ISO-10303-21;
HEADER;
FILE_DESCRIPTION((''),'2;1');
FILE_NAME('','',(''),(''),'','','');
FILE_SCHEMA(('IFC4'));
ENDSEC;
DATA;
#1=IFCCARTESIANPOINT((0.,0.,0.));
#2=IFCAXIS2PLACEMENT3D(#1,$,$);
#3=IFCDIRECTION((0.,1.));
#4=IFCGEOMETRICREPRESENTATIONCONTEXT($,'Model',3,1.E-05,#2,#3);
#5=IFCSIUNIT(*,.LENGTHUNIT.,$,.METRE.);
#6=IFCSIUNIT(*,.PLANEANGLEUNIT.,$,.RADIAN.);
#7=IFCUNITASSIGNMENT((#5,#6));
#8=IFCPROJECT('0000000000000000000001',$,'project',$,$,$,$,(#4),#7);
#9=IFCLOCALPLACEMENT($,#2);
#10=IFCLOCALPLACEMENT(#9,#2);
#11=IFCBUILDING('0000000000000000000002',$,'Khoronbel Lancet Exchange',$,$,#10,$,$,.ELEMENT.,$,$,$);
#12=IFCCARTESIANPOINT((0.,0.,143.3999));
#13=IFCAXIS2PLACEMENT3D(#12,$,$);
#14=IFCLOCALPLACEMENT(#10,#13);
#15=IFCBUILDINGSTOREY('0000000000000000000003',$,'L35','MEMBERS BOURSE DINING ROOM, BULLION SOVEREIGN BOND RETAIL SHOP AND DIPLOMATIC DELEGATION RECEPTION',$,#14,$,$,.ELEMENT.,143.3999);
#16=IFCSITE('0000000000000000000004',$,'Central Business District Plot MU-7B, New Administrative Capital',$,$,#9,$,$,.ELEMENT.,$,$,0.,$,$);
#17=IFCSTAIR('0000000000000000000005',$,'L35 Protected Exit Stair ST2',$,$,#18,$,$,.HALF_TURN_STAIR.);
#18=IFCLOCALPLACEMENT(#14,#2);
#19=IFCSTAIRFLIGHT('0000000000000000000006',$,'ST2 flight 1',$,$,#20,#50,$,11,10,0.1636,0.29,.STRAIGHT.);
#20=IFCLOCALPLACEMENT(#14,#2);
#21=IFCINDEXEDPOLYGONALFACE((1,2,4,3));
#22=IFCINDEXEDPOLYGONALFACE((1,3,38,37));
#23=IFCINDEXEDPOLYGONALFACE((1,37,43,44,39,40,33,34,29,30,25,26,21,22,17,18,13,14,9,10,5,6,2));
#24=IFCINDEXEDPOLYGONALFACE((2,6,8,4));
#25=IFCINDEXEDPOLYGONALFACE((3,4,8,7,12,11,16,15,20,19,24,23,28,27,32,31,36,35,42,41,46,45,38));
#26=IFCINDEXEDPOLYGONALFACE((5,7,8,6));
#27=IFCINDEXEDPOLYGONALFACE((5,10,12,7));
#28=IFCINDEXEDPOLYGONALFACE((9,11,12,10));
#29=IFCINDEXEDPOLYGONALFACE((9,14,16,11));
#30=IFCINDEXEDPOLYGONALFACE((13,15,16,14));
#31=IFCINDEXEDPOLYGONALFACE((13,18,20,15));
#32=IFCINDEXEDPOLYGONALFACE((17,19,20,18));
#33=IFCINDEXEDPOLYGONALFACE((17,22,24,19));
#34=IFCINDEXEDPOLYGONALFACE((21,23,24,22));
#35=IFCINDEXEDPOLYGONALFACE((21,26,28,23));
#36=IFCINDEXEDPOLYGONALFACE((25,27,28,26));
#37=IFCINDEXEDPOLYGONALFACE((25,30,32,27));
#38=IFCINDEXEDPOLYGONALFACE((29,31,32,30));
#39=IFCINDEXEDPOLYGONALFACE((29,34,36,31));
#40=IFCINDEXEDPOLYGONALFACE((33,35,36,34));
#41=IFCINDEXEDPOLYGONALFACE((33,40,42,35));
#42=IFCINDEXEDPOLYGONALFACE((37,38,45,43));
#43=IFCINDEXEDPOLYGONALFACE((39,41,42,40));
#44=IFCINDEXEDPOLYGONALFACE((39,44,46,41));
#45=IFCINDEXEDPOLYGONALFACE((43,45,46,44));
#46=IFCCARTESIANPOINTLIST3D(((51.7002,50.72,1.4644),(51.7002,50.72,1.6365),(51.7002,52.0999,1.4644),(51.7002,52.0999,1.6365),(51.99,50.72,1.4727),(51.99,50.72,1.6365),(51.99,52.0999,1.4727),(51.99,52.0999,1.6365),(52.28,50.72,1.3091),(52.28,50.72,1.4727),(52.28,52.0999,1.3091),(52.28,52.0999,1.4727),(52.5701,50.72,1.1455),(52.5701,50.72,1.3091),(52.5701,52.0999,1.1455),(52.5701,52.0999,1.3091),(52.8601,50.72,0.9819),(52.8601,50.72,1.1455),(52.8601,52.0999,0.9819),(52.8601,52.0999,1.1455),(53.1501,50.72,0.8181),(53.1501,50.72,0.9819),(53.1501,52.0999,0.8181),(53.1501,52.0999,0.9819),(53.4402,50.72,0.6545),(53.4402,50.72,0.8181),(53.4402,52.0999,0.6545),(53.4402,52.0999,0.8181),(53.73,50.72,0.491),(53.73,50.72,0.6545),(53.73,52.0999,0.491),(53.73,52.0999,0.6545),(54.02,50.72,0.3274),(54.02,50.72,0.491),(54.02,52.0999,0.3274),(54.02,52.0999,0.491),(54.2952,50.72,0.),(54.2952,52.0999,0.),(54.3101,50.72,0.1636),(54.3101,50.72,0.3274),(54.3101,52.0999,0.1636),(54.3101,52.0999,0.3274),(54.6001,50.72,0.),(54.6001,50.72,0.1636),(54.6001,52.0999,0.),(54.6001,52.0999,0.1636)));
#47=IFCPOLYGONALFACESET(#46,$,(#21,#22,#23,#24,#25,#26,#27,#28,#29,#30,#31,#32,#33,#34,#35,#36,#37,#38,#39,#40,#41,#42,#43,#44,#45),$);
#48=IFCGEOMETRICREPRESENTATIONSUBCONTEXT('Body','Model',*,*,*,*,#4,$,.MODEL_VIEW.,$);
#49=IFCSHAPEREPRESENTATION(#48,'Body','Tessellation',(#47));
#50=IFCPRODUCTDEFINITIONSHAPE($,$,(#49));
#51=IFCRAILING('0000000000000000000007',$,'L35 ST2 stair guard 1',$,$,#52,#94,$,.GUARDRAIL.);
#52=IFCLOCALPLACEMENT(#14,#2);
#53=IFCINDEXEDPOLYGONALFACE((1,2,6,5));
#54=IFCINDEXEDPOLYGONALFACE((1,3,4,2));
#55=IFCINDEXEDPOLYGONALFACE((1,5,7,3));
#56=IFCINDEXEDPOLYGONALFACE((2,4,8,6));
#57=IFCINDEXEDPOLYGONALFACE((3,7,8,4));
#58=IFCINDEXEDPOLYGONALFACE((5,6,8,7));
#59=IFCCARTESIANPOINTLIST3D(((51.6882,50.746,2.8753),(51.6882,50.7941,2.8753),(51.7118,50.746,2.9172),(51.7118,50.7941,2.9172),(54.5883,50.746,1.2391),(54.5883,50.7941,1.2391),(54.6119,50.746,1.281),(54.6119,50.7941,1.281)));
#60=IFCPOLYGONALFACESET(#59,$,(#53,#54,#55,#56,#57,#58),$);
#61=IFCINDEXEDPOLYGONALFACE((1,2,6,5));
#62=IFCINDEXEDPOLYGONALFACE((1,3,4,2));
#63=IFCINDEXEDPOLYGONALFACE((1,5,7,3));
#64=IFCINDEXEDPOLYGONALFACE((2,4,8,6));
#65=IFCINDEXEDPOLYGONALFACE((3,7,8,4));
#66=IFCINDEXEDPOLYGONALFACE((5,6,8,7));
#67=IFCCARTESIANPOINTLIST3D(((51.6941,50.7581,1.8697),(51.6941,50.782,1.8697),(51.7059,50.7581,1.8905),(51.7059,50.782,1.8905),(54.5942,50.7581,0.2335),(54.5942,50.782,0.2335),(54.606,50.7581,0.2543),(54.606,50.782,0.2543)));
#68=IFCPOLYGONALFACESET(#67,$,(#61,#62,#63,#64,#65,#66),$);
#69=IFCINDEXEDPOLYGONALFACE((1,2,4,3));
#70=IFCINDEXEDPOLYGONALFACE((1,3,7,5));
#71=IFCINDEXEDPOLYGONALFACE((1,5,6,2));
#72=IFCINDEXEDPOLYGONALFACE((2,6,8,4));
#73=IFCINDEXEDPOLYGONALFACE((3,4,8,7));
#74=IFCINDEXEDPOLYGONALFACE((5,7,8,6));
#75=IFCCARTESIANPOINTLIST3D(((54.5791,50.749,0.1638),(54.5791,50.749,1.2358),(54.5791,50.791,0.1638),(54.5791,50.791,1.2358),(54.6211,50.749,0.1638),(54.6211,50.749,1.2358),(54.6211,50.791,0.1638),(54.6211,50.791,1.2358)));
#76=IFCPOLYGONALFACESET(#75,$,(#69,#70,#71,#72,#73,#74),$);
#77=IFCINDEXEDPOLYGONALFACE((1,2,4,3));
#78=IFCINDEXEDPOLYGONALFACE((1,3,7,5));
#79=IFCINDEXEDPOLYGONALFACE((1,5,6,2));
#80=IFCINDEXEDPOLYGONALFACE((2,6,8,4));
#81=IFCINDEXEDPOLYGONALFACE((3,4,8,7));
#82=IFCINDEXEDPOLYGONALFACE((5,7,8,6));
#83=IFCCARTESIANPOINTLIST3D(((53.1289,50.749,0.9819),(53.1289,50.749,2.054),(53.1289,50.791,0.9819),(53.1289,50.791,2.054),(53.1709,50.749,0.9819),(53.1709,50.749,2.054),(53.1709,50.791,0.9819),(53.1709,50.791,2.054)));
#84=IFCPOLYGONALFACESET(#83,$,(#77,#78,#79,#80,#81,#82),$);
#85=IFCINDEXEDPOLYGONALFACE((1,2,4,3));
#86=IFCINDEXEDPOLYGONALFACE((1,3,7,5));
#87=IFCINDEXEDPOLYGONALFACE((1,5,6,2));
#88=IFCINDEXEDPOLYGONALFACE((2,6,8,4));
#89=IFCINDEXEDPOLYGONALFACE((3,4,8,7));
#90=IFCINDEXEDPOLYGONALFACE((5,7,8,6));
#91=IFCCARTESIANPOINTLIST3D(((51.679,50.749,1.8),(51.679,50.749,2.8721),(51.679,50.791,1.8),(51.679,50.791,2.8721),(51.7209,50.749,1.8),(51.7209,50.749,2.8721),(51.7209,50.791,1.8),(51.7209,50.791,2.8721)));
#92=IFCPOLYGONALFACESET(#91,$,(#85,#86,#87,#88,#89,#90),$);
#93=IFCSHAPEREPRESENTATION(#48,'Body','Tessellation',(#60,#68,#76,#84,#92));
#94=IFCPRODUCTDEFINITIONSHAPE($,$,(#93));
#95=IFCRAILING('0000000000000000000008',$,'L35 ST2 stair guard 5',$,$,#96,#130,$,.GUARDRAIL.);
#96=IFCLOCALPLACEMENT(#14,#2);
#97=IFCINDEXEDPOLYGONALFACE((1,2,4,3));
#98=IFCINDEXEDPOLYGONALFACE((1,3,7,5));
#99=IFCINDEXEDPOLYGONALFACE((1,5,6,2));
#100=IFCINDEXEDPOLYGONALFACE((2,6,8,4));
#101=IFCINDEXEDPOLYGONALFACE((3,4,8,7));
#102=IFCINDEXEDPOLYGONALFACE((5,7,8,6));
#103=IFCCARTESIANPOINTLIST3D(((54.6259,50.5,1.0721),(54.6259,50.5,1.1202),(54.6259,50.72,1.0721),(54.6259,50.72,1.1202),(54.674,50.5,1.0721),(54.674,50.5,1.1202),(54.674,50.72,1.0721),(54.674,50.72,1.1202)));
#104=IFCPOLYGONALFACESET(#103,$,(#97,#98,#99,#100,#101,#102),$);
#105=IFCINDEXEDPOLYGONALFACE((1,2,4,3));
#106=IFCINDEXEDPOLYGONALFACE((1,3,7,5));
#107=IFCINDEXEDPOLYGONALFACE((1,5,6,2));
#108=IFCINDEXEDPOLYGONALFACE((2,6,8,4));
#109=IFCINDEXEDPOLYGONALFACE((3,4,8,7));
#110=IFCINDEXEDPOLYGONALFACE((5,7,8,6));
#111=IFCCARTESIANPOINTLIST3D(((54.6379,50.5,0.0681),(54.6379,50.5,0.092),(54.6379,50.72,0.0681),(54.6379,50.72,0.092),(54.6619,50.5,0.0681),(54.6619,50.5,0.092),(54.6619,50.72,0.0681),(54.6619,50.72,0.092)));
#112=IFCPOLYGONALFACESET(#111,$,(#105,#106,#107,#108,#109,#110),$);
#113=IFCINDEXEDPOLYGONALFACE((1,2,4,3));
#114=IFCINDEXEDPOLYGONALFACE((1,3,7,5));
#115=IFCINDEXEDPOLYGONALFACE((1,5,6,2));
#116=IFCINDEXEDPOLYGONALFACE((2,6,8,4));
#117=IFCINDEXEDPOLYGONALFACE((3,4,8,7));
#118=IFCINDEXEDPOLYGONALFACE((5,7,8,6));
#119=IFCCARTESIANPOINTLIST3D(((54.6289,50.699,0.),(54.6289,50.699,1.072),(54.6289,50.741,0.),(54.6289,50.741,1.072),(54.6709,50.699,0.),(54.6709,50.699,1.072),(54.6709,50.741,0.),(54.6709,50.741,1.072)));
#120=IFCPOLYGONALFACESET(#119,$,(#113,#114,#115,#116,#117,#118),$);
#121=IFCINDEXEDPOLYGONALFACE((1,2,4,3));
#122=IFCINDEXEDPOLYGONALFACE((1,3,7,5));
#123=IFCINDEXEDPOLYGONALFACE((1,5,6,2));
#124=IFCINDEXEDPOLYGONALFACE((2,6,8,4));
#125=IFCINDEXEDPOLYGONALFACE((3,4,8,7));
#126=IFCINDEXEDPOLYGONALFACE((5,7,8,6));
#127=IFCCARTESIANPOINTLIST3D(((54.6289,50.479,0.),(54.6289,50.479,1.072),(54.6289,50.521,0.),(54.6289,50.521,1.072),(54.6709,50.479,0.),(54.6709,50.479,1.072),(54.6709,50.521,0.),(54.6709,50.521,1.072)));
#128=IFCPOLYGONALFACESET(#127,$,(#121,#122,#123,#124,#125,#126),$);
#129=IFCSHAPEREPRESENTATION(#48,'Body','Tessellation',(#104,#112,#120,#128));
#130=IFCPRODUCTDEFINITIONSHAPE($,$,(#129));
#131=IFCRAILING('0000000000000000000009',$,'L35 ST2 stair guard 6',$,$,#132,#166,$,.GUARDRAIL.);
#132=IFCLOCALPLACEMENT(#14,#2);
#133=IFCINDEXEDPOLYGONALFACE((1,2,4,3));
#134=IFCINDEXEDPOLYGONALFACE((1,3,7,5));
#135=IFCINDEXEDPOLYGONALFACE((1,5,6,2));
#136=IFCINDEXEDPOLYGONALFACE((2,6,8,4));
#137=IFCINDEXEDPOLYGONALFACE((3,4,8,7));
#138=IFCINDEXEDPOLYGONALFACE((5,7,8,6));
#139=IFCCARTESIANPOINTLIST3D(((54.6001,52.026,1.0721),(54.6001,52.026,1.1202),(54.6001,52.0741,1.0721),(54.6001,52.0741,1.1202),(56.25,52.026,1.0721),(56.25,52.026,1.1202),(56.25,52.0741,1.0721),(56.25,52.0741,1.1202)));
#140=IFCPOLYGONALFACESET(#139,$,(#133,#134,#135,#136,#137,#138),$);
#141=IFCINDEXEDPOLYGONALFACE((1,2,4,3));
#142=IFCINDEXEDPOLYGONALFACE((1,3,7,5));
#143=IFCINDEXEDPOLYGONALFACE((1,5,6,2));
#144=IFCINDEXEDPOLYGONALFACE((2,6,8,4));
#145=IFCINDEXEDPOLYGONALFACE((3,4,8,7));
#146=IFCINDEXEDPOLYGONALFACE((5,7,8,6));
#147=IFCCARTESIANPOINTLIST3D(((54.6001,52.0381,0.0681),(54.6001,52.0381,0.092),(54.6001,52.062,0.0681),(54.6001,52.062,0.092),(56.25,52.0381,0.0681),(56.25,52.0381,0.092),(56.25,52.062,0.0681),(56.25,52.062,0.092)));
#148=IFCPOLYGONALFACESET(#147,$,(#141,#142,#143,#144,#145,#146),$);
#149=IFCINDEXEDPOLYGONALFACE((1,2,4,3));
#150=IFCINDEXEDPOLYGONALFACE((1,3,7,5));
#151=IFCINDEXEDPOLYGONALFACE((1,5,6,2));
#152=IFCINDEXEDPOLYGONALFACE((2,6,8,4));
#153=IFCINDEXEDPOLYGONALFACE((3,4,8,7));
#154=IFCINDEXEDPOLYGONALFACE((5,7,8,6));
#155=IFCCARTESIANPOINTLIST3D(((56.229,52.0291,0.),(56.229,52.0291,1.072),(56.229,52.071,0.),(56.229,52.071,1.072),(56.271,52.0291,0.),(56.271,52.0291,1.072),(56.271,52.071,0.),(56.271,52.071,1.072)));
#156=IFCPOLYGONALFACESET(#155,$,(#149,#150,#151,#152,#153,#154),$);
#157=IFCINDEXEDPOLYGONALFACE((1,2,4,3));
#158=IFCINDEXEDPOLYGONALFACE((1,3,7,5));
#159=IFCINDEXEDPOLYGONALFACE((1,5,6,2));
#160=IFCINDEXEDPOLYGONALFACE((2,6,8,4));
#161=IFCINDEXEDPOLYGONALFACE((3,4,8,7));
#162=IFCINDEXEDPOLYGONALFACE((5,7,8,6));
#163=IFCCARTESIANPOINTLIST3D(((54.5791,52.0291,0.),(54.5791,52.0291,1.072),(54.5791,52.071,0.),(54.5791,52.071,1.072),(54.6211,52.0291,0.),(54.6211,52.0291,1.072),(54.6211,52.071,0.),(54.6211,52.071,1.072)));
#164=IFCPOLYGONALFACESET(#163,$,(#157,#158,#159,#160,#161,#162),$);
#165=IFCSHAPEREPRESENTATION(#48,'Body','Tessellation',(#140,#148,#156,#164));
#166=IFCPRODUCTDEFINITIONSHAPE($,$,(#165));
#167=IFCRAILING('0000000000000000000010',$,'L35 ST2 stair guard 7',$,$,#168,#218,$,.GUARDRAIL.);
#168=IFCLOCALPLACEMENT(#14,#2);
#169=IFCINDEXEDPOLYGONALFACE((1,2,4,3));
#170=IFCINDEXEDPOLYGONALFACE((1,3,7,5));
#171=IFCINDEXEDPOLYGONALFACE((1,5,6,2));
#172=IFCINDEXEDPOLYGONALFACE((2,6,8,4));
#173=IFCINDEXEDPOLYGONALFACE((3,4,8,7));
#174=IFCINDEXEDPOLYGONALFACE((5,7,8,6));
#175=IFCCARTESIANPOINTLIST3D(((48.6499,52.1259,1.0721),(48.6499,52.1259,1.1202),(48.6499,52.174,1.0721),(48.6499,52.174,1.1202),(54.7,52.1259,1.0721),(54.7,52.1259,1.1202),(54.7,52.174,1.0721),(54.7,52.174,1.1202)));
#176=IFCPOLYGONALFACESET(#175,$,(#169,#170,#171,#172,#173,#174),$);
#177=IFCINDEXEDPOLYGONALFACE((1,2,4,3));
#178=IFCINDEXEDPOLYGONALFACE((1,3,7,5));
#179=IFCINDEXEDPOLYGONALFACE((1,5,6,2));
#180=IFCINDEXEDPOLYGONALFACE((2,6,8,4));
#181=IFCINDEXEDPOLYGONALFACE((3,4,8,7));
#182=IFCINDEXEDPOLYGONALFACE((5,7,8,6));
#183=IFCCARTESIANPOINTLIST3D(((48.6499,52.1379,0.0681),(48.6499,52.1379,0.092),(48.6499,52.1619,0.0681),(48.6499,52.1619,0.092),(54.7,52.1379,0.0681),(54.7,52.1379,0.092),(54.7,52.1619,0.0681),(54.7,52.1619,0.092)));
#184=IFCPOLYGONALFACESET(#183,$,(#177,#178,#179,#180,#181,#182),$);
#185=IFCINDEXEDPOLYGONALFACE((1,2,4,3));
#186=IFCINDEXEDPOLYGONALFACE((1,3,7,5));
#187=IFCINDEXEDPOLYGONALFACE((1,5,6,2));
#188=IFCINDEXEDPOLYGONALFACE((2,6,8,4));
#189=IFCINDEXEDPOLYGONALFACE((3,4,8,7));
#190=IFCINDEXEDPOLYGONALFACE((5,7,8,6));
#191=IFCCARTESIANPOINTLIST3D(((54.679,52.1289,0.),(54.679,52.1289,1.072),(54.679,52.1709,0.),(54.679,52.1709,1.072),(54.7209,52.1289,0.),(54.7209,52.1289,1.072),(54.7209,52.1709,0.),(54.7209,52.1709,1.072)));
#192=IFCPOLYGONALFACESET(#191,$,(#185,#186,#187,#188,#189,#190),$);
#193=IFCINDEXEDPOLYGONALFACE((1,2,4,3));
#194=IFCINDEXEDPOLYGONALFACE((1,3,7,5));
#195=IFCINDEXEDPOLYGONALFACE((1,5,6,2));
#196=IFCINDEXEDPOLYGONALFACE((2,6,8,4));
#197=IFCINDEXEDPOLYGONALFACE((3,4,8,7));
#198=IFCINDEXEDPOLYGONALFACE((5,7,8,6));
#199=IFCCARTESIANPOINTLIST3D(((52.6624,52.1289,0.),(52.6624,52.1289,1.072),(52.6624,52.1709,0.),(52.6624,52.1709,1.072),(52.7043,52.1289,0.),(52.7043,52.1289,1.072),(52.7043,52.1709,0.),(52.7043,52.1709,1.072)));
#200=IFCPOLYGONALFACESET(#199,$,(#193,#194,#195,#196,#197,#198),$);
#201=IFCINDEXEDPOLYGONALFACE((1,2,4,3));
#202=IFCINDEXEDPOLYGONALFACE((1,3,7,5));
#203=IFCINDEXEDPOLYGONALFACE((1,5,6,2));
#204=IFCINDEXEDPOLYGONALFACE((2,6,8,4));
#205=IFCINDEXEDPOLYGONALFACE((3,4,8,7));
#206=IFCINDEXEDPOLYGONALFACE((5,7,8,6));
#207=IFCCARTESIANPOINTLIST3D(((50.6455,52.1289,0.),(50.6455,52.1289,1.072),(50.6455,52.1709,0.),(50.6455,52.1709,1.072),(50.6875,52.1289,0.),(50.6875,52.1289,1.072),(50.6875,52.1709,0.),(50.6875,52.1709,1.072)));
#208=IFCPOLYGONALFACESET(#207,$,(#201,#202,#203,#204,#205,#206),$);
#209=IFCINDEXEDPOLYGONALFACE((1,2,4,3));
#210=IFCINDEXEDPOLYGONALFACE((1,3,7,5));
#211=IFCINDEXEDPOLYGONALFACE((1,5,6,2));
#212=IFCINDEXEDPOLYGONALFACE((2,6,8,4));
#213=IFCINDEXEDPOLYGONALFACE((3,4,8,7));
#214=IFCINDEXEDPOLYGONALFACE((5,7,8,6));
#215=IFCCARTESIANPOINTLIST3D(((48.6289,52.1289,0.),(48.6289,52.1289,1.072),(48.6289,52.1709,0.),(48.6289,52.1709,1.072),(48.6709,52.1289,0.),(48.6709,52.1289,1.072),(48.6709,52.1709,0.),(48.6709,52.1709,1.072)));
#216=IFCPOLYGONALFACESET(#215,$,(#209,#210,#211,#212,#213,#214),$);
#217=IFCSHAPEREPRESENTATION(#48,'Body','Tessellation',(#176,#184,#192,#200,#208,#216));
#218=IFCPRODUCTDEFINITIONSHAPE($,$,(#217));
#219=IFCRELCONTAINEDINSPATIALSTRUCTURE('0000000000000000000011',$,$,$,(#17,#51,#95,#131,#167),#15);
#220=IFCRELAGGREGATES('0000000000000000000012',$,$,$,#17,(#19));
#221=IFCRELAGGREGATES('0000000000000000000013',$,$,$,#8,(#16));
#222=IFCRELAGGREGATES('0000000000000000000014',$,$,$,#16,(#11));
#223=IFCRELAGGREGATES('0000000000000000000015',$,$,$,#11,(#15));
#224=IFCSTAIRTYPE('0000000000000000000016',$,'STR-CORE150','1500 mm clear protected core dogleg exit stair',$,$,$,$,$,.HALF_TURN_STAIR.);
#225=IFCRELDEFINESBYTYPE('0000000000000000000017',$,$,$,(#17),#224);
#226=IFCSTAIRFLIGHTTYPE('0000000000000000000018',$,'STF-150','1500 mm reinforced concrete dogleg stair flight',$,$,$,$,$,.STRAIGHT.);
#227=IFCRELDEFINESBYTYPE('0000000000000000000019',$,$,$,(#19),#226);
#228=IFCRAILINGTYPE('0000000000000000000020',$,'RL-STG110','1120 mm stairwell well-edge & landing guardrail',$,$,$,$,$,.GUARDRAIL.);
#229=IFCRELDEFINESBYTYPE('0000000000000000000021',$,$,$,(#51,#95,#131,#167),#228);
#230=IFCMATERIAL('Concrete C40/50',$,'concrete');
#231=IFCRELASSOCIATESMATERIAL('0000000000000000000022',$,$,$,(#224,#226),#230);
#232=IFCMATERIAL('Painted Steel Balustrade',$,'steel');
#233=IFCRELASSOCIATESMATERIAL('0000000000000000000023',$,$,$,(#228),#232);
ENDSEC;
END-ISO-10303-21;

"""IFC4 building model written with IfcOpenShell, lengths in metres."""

from ifc_helpers import new_model, si_unit, direction, frame, origin, origin_2d, place, context, subcontext, project, spatial, polyline, rectangle, outline, extrude, material, type_object, element, aggregate, save


model = new_model("IFC4")

# Units and contexts
model_context = context("Model", 3, precision=1e-05, world=origin(), true_north=direction((0.0, 1.0)))
body_context = subcontext(model_context, "Body", "Model", "MODEL_VIEW")
ifc_project = project(units=[si_unit("LENGTHUNIT", "METRE"), si_unit("PLANEANGLEUNIT", "RADIAN")], contexts=[model_context])

# Site, building, storey
site_placement = place(None, origin())
site = spatial("IfcSite", under=ifc_project, at=site_placement, Name="Central Business District Plot MU-7B, New Administrative Capital", CompositionType="ELEMENT", RefElevation=0.0)
building_placement = place(site_placement, origin())
building = spatial("IfcBuilding", under=site, at=building_placement, Name="Khoronbel Lancet Exchange", CompositionType="ELEMENT")
storey_placement = place(building_placement, frame((0.0, 0.0, 143.3999)))
storey = spatial("IfcBuildingStorey", under=building, at=storey_placement, Name="L35", Description="MEMBERS BOURSE DINING ROOM, BULLION SOVEREIGN BOND RETAIL SHOP AND DIPLOMATIC DELEGATION RECEPTION", CompositionType="ELEMENT", Elevation=143.3999)

# Stair, stair flight
ifc_material_1 = material(Name="Concrete C40/50", Category="concrete")
stair_type = type_object("IfcStairType", Name="STR-CORE150", Description="1500 mm clear protected core dogleg exit stair", PredefinedType="HALF_TURN_STAIR", material=ifc_material_1)
stair_placement = place(storey_placement, origin())
stair = element("IfcStair", 1, at=stair_placement, inside=storey, type_object=stair_type, Name="L35 Protected Exit Stair ST2", PredefinedType="HALF_TURN_STAIR")
stair_flight_type = type_object("IfcStairFlightType", Name="STF-150", Description="1500 mm reinforced concrete dogleg stair flight", PredefinedType="STRAIGHT", material=ifc_material_1)
stair_flight_placement = place(storey_placement, frame((54.6001, 51.4099, 0.0), z_axis=(0.0, 0.0, 1.0), x_axis=(-1.0, 0.0, 0.0)))
stair_flight = element("IfcStairFlight", 2, at=stair_flight_placement, type_object=stair_flight_type, Name="ST2 flight 1", NumberOfRisers=11, NumberOfTreads=10, PredefinedType="STRAIGHT", RiserHeight=0.1636, TreadLength=0.29, context=body_context, shape_type="SweptSolid", body=[
    extrude(outline(polyline([(0.0, 0.0), (0.0, 0.1636), (0.29, 0.1636), (0.29, 0.3274), (0.5801, 0.3274), (0.5801, 0.491), (0.8701, 0.491), (0.8701, 0.6545), (1.1599, 0.6545), (1.1599, 0.8181), (1.45, 0.8181), (1.45, 0.9819), (1.74, 0.9819), (1.74, 1.1455), (2.03, 1.1455), (2.03, 1.3091), (2.3201, 1.3091), (2.3201, 1.4727), (2.6101, 1.4727), (2.6101, 1.6365), (2.8999, 1.6365), (2.8999, 1.8), (2.8999, 1.4644), (0.3049, 0.0), (0.0, 0.0)])), frame((0.0, 0.6899, 0.0), z_axis=(0.0, -1.0, 0.0), x_axis=(1.0, 0.0, 0.0)), (0.0, 0.0, 1.0), 1.3799),
])
aggregate(stair, [stair_flight])

# Railings
ifc_material_2 = material(Name="Painted Steel Balustrade", Category="steel")
railing_type_1 = type_object("IfcRailingType", Name="RL-STG110", Description="1120 mm stairwell well-edge & landing guardrail", PredefinedType="GUARDRAIL", material=ifc_material_2)
railing_1_placement = place(storey_placement, frame((54.6001, 50.77, 0.1638)))
element("IfcRailing", 3, at=railing_1_placement, inside=storey, type_object=railing_type_1, Name="L35 ST2 stair guard 1", PredefinedType="GUARDRAIL", context=body_context, shape_type="SweptSolid", body=[
    extrude(rectangle(XDim=0.0481, YDim=0.0481, at=origin_2d()), frame((0.0, 0.0, 1.0962), z_axis=(-0.870946, 0.0, 0.491378), x_axis=(0.0, -1.0, 0.0)), (0.0, 0.0, 1.0), 3.3298),
    extrude(rectangle(XDim=0.0239, YDim=0.0239, at=origin_2d()), frame((0.0, 0.0, 0.0801), z_axis=(-0.870946, 0.0, 0.491378), x_axis=(0.0, -1.0, 0.0)), (0.0, 0.0, 1.0), 3.3298),
    extrude(rectangle(XDim=0.042, YDim=0.042, at=origin_2d()), origin(), (0.0, 0.0, 1.0), 1.072),
    extrude(rectangle(XDim=0.042, YDim=0.042, at=origin_2d()), frame((-1.4502, 0.0, 0.8181)), (0.0, 0.0, 1.0), 1.072),
    extrude(rectangle(XDim=0.042, YDim=0.042, at=origin_2d()), frame((-2.9001, 0.0, 1.6362)), (0.0, 0.0, 1.0), 1.072),
])
railing_2_placement = place(storey_placement, frame((54.6499, 50.72, 0.0)))
element("IfcRailing", 4, at=railing_2_placement, inside=storey, type_object=railing_type_1, Name="L35 ST2 stair guard 5", PredefinedType="GUARDRAIL", context=body_context, shape_type="SweptSolid", body=[
    extrude(rectangle(XDim=0.0481, YDim=0.0481, at=origin_2d()), frame((0.0, 0.0, 1.0962), z_axis=(0.0, -1.0, 0.0), x_axis=(1.0, 0.0, 0.0)), (0.0, 0.0, 1.0), 0.22),
    extrude(rectangle(XDim=0.0239, YDim=0.0239, at=origin_2d()), frame((0.0, 0.0, 0.0801), z_axis=(0.0, -1.0, 0.0), x_axis=(1.0, 0.0, 0.0)), (0.0, 0.0, 1.0), 0.22),
    extrude(rectangle(XDim=0.042, YDim=0.042, at=origin_2d()), origin(), (0.0, 0.0, 1.0), 1.072),
    extrude(rectangle(XDim=0.042, YDim=0.042, at=origin_2d()), frame((0.0, -0.22, 0.0)), (0.0, 0.0, 1.0), 1.072),
])
railing_3_placement = place(storey_placement, frame((56.25, 52.05, 0.0)))
element("IfcRailing", 5, at=railing_3_placement, inside=storey, type_object=railing_type_1, Name="L35 ST2 stair guard 6", PredefinedType="GUARDRAIL", context=body_context, shape_type="SweptSolid", body=[
    extrude(rectangle(XDim=0.0481, YDim=0.0481, at=origin_2d()), frame((0.0, 0.0, 1.0962), z_axis=(-1.0, 0.0, 0.0), x_axis=(0.0, -1.0, 0.0)), (0.0, 0.0, 1.0), 1.6499),
    extrude(rectangle(XDim=0.0239, YDim=0.0239, at=origin_2d()), frame((0.0, 0.0, 0.0801), z_axis=(-1.0, 0.0, 0.0), x_axis=(0.0, -1.0, 0.0)), (0.0, 0.0, 1.0), 1.6499),
    extrude(rectangle(XDim=0.042, YDim=0.042, at=origin_2d()), origin(), (0.0, 0.0, 1.0), 1.072),
    extrude(rectangle(XDim=0.042, YDim=0.042, at=origin_2d()), frame((-1.6499, 0.0, 0.0)), (0.0, 0.0, 1.0), 1.072),
])
railing_4_placement = place(storey_placement, frame((54.7, 52.1499, 0.0)))
element("IfcRailing", 6, at=railing_4_placement, inside=storey, type_object=railing_type_1, Name="L35 ST2 stair guard 7", PredefinedType="GUARDRAIL", context=body_context, shape_type="SweptSolid", body=[
    extrude(rectangle(XDim=0.0481, YDim=0.0481, at=origin_2d()), frame((0.0, 0.0, 1.0962), z_axis=(-1.0, 0.0, 0.0), x_axis=(0.0, -1.0, 0.0)), (0.0, 0.0, 1.0), 6.05),
    extrude(rectangle(XDim=0.0239, YDim=0.0239, at=origin_2d()), frame((0.0, 0.0, 0.0801), z_axis=(-1.0, 0.0, 0.0), x_axis=(0.0, -1.0, 0.0)), (0.0, 0.0, 1.0), 6.05),
    extrude(rectangle(XDim=0.042, YDim=0.042, at=origin_2d()), origin(), (0.0, 0.0, 1.0), 1.072),
    extrude(rectangle(XDim=0.042, YDim=0.042, at=origin_2d()), frame((-2.0166, 0.0, 0.0)), (0.0, 0.0, 1.0), 1.072),
    extrude(rectangle(XDim=0.042, YDim=0.042, at=origin_2d()), frame((-4.0334, 0.0, 0.0)), (0.0, 0.0, 1.0), 1.072),
    extrude(rectangle(XDim=0.042, YDim=0.042, at=origin_2d()), frame((-6.05, 0.0, 0.0)), (0.0, 0.0, 1.0), 1.072),
])

save(model, "model.ifc")
